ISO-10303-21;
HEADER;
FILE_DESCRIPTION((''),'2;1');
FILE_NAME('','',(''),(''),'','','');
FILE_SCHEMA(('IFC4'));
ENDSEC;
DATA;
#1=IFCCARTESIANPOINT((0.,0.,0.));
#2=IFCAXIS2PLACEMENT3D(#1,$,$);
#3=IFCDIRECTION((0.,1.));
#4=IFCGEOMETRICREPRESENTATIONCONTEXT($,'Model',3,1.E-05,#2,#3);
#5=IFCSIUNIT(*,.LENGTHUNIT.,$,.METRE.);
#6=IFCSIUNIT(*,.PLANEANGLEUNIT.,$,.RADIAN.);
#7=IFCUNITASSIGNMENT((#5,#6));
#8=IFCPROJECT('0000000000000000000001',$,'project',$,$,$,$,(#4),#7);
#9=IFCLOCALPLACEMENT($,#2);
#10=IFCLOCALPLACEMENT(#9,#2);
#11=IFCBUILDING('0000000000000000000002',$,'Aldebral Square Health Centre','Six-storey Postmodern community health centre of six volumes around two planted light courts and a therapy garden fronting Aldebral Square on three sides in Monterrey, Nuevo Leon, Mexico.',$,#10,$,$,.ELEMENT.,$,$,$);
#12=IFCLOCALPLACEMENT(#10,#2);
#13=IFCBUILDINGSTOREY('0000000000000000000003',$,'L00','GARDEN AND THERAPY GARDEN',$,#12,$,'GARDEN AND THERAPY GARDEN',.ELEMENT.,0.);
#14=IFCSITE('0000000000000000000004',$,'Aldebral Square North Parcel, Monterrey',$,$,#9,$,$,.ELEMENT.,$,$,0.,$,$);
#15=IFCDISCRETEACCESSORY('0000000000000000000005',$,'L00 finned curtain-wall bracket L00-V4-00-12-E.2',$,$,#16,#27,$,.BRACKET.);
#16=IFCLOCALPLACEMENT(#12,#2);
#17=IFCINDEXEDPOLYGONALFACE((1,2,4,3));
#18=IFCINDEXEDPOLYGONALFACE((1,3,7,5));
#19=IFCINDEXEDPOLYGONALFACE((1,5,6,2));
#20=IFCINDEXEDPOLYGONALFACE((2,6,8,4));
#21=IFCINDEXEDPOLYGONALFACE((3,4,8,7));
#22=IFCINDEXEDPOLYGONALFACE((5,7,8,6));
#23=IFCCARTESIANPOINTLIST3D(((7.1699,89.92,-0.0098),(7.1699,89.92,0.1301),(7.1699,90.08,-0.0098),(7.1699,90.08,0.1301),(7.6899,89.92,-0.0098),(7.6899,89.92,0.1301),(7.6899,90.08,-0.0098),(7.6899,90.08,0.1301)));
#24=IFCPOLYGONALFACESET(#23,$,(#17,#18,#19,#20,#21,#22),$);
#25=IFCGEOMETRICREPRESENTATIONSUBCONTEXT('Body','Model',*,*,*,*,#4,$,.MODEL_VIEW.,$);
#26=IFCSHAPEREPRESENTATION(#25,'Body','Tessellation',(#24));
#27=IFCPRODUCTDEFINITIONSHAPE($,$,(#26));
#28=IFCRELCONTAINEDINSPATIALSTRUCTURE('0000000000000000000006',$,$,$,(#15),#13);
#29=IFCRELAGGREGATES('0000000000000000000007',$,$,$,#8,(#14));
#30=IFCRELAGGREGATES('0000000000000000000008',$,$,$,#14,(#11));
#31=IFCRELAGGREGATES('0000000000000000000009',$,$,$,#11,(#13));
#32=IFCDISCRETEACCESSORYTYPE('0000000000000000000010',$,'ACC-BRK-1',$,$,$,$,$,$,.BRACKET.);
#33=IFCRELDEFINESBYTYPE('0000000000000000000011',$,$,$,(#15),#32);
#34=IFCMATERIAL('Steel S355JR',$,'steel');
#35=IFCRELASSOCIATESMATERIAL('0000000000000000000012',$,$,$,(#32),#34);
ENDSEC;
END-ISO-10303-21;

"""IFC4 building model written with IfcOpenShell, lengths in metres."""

from ifc_helpers import new_model, si_unit, direction, frame, origin, origin_2d, place, context, subcontext, project, spatial, rectangle, extrude, material, type_object, element, save


model = new_model("IFC4")

# Units and contexts
model_context = context("Model", 3, precision=1e-05, world=origin(), true_north=direction((0.0, 1.0)))
body_context = subcontext(model_context, "Body", "Model", "MODEL_VIEW")
ifc_project = project(units=[si_unit("LENGTHUNIT", "METRE"), si_unit("PLANEANGLEUNIT", "RADIAN")], contexts=[model_context])

# Site, building, storey
site_placement = place(None, origin())
site = spatial("IfcSite", under=ifc_project, at=site_placement, Name="Aldebral Square North Parcel, Monterrey", CompositionType="ELEMENT", RefElevation=0.0)
building_placement = place(site_placement, origin())
building = spatial("IfcBuilding", under=site, at=building_placement, Name="Aldebral Square Health Centre", Description="Six-storey Postmodern community health centre of six volumes around two planted light courts and a therapy garden fronting Aldebral Square on three sides in Monterrey, Nuevo Leon, Mexico.", CompositionType="ELEMENT")
storey_placement = place(building_placement, origin())
storey = spatial("IfcBuildingStorey", under=building, at=storey_placement, Name="L00", Description="GARDEN AND THERAPY GARDEN", LongName="GARDEN AND THERAPY GARDEN", CompositionType="ELEMENT", Elevation=0.0)

# Discrete accessory
ifc_material_1 = material(Name="Steel S355JR", Category="steel")
discrete_accessory_type = type_object("IfcDiscreteAccessoryType", Name="ACC-BRK-1", PredefinedType="BRACKET", material=ifc_material_1)
for number, where, z_axis, x_axis, name in (
    (1, (7.4299, 90.0, -0.0098), (0.0, 0.0, 1.0), (0.0, 1.0, 0.0), "L00 finned curtain-wall bracket L00-V4-00-12-E.2"),
):
    element("IfcDiscreteAccessory", number, at=place(storey_placement, frame(where, z_axis=z_axis, x_axis=x_axis)), inside=storey, type_object=discrete_accessory_type, Name=name, PredefinedType="BRACKET", context=body_context, shape_type="SweptSolid", body=[
        extrude(rectangle(XDim=0.1599, YDim=0.52, at=origin_2d()), origin(), (0.0, 0.0, 1.0), 0.1399),
    ])

save(model, "model.ifc")
